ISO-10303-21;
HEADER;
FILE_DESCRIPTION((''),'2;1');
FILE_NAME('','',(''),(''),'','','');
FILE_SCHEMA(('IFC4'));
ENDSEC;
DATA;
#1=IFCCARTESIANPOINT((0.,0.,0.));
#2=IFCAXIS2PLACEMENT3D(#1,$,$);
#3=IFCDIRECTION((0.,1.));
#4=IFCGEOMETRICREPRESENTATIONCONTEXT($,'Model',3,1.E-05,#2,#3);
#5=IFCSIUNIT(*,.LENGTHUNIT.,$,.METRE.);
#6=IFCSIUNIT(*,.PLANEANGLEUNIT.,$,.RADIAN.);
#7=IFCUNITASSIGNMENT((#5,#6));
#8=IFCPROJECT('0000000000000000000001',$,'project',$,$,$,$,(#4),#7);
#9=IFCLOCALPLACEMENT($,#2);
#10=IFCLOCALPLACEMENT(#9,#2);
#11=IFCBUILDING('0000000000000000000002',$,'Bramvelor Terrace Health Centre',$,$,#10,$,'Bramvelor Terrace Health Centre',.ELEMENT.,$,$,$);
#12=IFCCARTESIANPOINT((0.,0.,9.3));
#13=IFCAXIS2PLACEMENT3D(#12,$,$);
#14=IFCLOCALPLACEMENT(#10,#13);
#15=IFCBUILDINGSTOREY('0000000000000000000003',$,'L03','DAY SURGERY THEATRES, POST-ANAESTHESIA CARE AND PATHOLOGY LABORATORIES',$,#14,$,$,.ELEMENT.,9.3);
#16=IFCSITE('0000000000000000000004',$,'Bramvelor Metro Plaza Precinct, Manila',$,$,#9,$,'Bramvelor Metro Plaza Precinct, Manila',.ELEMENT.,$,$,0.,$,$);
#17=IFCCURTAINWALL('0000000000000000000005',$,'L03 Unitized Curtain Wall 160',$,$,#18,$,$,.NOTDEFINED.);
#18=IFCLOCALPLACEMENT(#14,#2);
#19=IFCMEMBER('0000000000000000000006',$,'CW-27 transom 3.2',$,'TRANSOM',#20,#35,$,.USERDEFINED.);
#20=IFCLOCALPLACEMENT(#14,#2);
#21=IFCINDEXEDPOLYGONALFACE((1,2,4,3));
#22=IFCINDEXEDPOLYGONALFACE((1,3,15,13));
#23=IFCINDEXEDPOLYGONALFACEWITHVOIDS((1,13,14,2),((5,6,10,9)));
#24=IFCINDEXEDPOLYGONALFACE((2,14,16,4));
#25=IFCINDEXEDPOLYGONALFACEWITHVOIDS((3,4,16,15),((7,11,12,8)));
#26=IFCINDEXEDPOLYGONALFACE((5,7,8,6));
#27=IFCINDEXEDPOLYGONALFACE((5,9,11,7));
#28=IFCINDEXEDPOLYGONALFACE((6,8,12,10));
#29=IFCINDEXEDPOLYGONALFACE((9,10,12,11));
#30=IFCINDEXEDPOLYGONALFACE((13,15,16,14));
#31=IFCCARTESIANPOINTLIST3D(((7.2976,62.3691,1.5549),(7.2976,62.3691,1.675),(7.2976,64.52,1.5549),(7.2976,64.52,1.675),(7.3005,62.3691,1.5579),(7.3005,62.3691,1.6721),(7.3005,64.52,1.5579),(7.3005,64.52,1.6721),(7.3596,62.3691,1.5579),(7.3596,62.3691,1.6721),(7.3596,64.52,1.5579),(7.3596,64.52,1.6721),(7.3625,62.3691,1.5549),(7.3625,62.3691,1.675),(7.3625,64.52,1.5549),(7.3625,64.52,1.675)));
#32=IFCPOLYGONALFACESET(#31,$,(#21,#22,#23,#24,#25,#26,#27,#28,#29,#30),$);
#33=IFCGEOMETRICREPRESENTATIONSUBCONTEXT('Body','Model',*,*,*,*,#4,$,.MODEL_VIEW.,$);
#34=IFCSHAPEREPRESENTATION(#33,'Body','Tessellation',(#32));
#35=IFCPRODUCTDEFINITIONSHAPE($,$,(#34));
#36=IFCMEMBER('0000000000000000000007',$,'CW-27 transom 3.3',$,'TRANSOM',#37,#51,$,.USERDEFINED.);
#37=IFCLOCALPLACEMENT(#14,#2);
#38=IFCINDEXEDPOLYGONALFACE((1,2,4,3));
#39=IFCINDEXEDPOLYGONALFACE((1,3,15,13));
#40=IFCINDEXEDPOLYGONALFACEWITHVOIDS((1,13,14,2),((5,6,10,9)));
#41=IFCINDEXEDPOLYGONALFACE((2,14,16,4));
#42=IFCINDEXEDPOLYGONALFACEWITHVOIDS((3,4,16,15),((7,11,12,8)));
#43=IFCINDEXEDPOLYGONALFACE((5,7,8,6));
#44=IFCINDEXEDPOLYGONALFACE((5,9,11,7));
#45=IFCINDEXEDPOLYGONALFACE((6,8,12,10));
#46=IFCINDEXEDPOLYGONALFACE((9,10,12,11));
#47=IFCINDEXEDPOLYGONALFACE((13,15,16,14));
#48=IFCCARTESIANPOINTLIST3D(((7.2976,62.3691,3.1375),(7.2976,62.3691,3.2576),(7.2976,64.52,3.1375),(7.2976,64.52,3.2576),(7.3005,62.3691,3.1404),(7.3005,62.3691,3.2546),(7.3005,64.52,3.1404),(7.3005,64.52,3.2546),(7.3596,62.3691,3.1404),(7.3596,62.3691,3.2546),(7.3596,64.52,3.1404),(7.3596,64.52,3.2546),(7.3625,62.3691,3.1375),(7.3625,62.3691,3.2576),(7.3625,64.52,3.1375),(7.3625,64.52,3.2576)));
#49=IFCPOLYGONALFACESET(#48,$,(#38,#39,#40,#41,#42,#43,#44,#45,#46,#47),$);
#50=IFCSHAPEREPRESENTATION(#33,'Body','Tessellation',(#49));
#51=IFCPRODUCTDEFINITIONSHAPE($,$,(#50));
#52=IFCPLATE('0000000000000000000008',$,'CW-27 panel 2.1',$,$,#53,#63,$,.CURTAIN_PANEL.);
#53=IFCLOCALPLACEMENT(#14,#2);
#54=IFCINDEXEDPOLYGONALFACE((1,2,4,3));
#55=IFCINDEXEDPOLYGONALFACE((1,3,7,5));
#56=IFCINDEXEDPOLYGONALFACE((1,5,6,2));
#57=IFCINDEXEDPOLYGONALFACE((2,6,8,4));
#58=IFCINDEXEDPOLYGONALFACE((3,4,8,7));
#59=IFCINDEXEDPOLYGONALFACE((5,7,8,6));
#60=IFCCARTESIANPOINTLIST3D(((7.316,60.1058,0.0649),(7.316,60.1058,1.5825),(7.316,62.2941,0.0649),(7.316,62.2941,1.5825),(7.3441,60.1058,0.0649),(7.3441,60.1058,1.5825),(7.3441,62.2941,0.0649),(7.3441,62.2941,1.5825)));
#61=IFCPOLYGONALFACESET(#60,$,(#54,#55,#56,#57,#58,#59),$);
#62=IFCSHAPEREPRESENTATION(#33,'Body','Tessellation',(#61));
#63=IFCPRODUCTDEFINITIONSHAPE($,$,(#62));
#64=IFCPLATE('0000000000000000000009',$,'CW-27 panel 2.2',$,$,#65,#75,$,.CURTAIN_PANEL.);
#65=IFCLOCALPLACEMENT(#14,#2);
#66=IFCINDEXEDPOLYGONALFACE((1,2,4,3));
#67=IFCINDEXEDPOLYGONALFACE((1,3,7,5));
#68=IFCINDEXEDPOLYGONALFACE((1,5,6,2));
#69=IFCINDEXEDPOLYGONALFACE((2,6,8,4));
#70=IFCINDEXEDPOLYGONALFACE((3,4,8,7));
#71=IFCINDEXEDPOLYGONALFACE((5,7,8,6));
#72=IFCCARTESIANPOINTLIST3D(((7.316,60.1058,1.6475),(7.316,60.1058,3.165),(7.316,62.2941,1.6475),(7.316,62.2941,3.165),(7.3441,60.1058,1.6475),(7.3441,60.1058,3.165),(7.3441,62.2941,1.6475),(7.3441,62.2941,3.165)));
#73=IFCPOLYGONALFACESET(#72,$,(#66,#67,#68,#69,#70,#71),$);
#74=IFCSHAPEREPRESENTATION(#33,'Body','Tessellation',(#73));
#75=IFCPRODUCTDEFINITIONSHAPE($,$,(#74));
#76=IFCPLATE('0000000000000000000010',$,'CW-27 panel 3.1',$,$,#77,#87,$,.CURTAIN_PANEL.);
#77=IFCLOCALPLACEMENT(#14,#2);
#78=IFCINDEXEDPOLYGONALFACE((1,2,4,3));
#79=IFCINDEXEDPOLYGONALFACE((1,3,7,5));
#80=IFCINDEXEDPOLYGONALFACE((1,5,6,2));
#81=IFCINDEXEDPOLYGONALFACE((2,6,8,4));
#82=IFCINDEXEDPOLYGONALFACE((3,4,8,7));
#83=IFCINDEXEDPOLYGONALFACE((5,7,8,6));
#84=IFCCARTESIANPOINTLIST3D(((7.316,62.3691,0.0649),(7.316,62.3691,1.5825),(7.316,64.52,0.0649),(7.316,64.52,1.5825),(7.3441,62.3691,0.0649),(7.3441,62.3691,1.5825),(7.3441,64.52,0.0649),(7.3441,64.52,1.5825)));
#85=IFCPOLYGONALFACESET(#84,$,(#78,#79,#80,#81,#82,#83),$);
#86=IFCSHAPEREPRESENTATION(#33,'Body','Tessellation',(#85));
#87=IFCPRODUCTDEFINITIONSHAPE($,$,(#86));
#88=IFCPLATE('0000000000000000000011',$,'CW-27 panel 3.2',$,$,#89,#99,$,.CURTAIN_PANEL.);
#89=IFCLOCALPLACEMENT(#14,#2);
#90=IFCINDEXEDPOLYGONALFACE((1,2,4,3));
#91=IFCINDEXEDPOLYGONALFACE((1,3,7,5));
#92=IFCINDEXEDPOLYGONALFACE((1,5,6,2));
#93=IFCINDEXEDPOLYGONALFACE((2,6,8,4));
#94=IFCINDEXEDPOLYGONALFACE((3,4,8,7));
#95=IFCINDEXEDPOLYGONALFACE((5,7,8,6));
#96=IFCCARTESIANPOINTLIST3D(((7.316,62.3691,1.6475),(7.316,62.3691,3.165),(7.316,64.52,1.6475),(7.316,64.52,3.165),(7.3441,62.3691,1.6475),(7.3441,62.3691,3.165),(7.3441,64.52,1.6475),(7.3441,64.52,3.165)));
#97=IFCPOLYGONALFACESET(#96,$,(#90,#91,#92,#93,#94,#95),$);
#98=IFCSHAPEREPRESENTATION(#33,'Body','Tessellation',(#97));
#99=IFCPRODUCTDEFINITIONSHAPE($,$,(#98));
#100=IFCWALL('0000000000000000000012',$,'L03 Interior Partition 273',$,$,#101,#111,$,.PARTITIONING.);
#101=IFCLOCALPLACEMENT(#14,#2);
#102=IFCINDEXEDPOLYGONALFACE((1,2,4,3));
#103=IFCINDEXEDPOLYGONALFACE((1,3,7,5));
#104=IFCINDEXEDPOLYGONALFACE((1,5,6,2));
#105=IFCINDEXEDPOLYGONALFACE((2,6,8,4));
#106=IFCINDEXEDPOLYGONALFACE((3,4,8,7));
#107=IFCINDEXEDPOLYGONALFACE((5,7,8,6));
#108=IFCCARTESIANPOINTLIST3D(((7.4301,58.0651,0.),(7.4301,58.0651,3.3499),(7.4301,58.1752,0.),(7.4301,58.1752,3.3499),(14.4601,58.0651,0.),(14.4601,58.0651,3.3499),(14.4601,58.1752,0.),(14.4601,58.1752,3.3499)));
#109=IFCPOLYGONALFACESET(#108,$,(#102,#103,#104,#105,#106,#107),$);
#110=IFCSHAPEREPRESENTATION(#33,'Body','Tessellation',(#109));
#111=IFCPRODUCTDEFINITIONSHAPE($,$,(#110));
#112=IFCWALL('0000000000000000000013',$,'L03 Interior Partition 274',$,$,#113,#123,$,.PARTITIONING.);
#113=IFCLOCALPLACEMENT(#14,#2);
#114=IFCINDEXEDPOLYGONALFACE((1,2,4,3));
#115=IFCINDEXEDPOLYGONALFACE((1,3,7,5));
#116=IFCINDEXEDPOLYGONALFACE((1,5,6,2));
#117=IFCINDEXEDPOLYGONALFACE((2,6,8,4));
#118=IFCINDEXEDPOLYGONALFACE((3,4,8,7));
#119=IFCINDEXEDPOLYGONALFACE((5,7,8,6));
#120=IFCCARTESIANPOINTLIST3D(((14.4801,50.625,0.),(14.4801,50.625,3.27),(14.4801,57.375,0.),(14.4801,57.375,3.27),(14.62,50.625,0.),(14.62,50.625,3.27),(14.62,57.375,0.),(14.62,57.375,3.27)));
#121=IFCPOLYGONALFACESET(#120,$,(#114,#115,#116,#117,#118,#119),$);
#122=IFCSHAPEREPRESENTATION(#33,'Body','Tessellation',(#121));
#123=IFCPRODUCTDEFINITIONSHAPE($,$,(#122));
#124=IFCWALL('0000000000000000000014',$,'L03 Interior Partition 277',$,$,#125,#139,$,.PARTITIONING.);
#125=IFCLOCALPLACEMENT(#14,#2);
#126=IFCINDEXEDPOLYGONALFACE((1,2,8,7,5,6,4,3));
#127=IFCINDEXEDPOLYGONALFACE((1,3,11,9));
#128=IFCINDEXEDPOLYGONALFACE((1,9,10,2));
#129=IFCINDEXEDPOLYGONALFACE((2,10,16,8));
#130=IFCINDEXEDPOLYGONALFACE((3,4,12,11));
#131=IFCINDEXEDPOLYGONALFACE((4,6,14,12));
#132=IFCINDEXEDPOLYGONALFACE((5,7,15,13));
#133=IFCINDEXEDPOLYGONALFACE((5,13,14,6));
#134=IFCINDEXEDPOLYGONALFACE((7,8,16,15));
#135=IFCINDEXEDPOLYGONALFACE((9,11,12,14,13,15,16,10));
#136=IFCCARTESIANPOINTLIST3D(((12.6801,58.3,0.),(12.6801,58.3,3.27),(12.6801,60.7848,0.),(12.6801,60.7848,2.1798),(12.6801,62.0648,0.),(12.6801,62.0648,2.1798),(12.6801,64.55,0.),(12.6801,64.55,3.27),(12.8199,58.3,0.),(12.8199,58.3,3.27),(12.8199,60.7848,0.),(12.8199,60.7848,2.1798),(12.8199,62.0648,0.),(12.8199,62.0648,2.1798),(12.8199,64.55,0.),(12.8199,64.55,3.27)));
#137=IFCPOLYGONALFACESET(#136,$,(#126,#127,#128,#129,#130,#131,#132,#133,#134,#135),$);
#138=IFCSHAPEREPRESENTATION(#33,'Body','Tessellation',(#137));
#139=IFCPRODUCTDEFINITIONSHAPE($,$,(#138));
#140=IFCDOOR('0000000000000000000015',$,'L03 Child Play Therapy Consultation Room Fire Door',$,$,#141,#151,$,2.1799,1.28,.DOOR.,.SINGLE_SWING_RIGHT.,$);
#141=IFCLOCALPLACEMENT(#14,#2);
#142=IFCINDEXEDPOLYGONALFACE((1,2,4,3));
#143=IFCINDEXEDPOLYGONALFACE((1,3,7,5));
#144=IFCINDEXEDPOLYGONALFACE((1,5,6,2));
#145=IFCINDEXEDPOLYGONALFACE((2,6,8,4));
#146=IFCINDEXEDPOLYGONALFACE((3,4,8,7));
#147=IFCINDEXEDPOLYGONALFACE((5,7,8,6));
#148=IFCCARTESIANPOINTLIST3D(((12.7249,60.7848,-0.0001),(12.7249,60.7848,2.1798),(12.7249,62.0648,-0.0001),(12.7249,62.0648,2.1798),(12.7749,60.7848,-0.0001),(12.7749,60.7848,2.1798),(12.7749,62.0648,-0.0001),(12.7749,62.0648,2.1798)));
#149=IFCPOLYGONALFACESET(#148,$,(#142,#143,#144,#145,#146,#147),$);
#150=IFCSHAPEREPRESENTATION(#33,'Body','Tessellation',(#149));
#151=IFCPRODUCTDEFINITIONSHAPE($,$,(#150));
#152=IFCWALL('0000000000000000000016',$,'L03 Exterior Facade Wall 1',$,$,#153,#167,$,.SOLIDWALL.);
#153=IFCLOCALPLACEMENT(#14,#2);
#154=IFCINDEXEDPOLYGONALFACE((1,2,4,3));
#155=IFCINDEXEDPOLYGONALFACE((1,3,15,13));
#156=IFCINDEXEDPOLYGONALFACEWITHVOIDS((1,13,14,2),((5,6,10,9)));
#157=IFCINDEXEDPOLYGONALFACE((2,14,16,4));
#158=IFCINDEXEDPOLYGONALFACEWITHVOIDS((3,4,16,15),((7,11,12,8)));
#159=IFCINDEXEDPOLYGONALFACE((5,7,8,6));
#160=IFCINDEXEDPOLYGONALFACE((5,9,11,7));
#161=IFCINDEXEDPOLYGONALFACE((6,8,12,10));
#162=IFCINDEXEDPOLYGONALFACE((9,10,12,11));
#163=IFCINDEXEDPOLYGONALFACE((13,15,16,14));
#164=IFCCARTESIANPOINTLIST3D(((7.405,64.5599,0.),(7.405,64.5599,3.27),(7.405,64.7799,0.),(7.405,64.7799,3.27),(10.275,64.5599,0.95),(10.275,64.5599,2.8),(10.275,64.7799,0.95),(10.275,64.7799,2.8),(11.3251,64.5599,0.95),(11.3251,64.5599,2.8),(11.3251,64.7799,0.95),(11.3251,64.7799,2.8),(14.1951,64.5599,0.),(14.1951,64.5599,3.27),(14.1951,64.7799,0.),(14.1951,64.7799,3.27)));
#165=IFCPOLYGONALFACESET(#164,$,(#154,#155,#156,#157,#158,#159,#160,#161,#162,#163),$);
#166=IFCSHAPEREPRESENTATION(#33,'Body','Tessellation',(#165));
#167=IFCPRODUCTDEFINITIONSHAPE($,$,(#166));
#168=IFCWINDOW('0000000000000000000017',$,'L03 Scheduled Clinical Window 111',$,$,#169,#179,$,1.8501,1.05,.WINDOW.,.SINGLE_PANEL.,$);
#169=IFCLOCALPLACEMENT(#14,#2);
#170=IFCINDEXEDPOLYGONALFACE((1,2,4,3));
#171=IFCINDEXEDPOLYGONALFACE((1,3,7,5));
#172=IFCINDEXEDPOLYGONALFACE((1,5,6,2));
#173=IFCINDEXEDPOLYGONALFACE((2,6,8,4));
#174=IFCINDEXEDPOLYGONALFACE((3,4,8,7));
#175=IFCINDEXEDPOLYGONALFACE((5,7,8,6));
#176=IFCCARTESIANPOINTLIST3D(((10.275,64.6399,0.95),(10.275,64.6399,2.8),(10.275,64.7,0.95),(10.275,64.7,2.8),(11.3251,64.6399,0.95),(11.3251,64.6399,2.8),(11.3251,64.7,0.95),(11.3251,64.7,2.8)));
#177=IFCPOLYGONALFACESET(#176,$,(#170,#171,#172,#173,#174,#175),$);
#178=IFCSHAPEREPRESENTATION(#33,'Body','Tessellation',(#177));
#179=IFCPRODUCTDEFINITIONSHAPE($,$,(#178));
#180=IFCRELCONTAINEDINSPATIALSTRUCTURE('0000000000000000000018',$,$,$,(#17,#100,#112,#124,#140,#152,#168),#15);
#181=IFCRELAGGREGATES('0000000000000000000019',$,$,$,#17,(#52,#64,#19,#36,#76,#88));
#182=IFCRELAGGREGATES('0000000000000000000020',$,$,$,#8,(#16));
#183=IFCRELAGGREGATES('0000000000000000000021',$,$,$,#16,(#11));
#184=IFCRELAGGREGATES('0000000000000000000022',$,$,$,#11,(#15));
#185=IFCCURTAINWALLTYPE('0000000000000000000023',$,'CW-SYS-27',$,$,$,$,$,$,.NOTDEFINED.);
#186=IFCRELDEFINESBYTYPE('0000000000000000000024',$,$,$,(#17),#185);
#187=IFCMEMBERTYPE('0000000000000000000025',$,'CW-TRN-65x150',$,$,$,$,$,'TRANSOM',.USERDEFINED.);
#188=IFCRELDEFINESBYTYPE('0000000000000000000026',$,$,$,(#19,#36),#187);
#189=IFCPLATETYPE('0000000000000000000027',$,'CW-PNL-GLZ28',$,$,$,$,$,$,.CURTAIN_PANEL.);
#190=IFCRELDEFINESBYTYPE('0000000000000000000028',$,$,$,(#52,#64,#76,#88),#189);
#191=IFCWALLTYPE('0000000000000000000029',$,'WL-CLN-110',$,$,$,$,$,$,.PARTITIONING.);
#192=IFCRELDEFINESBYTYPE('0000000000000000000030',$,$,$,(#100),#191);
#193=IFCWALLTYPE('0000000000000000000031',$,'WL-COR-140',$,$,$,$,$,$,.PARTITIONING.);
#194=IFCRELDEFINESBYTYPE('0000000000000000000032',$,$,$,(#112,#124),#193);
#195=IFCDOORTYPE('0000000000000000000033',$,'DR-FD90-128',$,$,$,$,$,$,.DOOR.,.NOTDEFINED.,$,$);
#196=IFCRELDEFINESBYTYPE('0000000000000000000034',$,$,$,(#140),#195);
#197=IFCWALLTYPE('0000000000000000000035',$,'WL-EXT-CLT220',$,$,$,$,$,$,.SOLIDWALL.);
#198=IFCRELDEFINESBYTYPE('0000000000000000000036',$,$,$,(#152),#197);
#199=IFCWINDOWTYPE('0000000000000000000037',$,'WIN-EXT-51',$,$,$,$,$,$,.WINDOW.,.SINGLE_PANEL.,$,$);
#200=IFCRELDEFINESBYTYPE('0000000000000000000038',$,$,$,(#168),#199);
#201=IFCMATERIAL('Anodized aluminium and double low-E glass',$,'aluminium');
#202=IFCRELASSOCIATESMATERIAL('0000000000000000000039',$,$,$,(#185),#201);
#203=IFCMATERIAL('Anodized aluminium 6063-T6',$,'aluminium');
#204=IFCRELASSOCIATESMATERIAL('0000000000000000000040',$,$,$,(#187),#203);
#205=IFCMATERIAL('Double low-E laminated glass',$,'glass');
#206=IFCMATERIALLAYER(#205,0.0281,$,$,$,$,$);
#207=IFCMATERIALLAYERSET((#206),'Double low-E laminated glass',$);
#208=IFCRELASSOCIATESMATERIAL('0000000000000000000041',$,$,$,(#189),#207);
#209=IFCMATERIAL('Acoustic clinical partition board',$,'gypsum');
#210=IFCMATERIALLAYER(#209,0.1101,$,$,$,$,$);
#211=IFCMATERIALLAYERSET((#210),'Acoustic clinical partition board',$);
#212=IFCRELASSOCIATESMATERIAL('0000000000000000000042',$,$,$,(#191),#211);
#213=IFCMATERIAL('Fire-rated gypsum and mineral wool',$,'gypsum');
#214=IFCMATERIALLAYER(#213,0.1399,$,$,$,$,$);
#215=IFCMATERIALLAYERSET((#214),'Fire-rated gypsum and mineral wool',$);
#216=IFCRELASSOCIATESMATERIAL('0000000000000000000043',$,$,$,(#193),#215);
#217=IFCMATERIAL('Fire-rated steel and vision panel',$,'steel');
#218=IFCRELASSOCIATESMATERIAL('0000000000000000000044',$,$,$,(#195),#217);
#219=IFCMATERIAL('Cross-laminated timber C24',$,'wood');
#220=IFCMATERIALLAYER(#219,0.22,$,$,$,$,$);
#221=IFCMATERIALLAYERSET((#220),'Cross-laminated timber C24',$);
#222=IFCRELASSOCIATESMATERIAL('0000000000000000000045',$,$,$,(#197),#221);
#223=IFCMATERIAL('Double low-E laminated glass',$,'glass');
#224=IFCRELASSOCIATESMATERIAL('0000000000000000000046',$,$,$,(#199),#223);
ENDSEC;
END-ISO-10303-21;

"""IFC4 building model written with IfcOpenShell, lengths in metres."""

from ifc_helpers import new_model, si_unit, direction, frame, frame_2d, origin, origin_2d, place, context, subcontext, project, spatial, rectangle, hollow_rectangle, extrude, material, layer, layer_set, material_profile, profile_set, type_object, element, fill, aggregate, save


model = new_model("IFC4")

# Units and contexts
model_context = context("Model", 3, precision=1e-05, world=origin(), true_north=direction((0.0, 1.0)))
body_context = subcontext(model_context, "Body", "Model", "MODEL_VIEW")
ifc_project = project(units=[si_unit("LENGTHUNIT", "METRE"), si_unit("PLANEANGLEUNIT", "RADIAN")], contexts=[model_context])

# Site, building, storey
site_placement = place(None, origin())
site = spatial("IfcSite", under=ifc_project, at=site_placement, Name="Bramvelor Metro Plaza Precinct, Manila", LongName="Bramvelor Metro Plaza Precinct, Manila", CompositionType="ELEMENT", RefElevation=0.0)
building_placement = place(site_placement, origin())
building = spatial("IfcBuilding", under=site, at=building_placement, Name="Bramvelor Terrace Health Centre", LongName="Bramvelor Terrace Health Centre", CompositionType="ELEMENT")
storey_placement = place(building_placement, frame((0.0, 0.0, 9.3)))
storey = spatial("IfcBuildingStorey", under=building, at=storey_placement, Name="L03", Description="DAY SURGERY THEATRES, POST-ANAESTHESIA CARE AND PATHOLOGY LABORATORIES", CompositionType="ELEMENT", Elevation=9.3)

# Shared definitions
ifc_material_1 = material(Name="Anodized aluminium and double low-E glass", Category="aluminium")
curtain_wall_type = type_object("IfcCurtainWallType", Name="CW-SYS-27", PredefinedType="NOTDEFINED", material=ifc_material_1)

# Curtain wall, members, plates
curtain_wall_1_placement = place(storey_placement, origin())
curtain_wall_1 = element("IfcCurtainWall", 1, at=curtain_wall_1_placement, inside=storey, type_object=curtain_wall_type, Name="L03 Unitized Curtain Wall 160", PredefinedType="NOTDEFINED")
ifc_material_2 = material(Name="Anodized aluminium 6063-T6", Category="aluminium")
ifc_material_profile_1 = material_profile(ifc_material_2, hollow_rectangle(XDim=0.0649, YDim=0.1201, WallThickness=0.0029, at=origin_2d()), Name="ALU-TRN 65x120x3.0")
ifc_profile_set_1 = profile_set([ifc_material_profile_1], Name="Anodized aluminium 6063-T6")
member_type_1 = type_object("IfcMemberType", Name="CW-TRN-65x150", ElementType="TRANSOM", PredefinedType="USERDEFINED", material=ifc_profile_set_1)
member_1_placement = place(storey_placement, frame((7.3301, 62.3691, 1.615), z_axis=(0.0, 1.0, 0.0), x_axis=(-1.0, 0.0, 0.0)))
member_1 = element("IfcMember", 2, at=member_1_placement, type_object=member_type_1, Name="CW-27 transom 3.2", ObjectType="TRANSOM", PredefinedType="USERDEFINED", context=body_context, shape_type="SweptSolid", body=[
    extrude(hollow_rectangle(XDim=0.0649, YDim=0.1201, WallThickness=0.0029, at=origin_2d()), origin(), (0.0, 0.0, 1.0), 2.1509),
])
member_2_placement = place(storey_placement, frame((7.3301, 62.3691, 3.1975), z_axis=(0.0, 1.0, 0.0), x_axis=(-1.0, 0.0, 0.0)))
member_2 = element("IfcMember", 3, at=member_2_placement, type_object=member_type_1, Name="CW-27 transom 3.3", ObjectType="TRANSOM", PredefinedType="USERDEFINED", context=body_context, shape_type="SweptSolid", body=[
    extrude(hollow_rectangle(XDim=0.0649, YDim=0.1201, WallThickness=0.0029, at=origin_2d()), origin(), (0.0, 0.0, 1.0), 2.1509),
])
ifc_material_3 = material(Name="Double low-E laminated glass", Category="glass")
ifc_layer_1 = layer(ifc_material_3, 0.0281)
ifc_layer_set_1 = layer_set([ifc_layer_1], Name="Double low-E laminated glass")
plate_type = type_object("IfcPlateType", Name="CW-PNL-GLZ28", PredefinedType="CURTAIN_PANEL", material=ifc_layer_set_1)
plate_1_placement = place(storey_placement, frame((7.3301, 61.2, 0.0649), z_axis=(0.0, 0.0, 1.0), x_axis=(0.0, 1.0, 0.0)))
plate_1 = element("IfcPlate", 4, at=plate_1_placement, type_object=plate_type, Name="CW-27 panel 2.1", PredefinedType="CURTAIN_PANEL", context=body_context, shape_type="SweptSolid", body=[
    extrude(rectangle(XDim=2.1882, YDim=0.0281, at=origin_2d()), origin(), (0.0, 0.0, 1.0), 1.5176),
])
plate_2_placement = place(storey_placement, frame((7.3301, 61.2, 1.6475), z_axis=(0.0, 0.0, 1.0), x_axis=(0.0, 1.0, 0.0)))
plate_2 = element("IfcPlate", 5, at=plate_2_placement, type_object=plate_type, Name="CW-27 panel 2.2", PredefinedType="CURTAIN_PANEL", context=body_context, shape_type="SweptSolid", body=[
    extrude(rectangle(XDim=2.1882, YDim=0.0281, at=origin_2d()), origin(), (0.0, 0.0, 1.0), 1.5176),
])
plate_3_placement = place(storey_placement, frame((7.3301, 63.4446, 0.0649), z_axis=(0.0, 0.0, 1.0), x_axis=(0.0, 1.0, 0.0)))
plate_3 = element("IfcPlate", 6, at=plate_3_placement, type_object=plate_type, Name="CW-27 panel 3.1", PredefinedType="CURTAIN_PANEL", context=body_context, shape_type="SweptSolid", body=[
    extrude(rectangle(XDim=2.1509, YDim=0.0281, at=origin_2d()), origin(), (0.0, 0.0, 1.0), 1.5176),
])
plate_4_placement = place(storey_placement, frame((7.3301, 63.4446, 1.6475), z_axis=(0.0, 0.0, 1.0), x_axis=(0.0, 1.0, 0.0)))
plate_4 = element("IfcPlate", 7, at=plate_4_placement, type_object=plate_type, Name="CW-27 panel 3.2", PredefinedType="CURTAIN_PANEL", context=body_context, shape_type="SweptSolid", body=[
    extrude(rectangle(XDim=2.1509, YDim=0.0281, at=origin_2d()), origin(), (0.0, 0.0, 1.0), 1.5176),
])
aggregate(curtain_wall_1, [plate_1, plate_2, member_1, member_2, plate_3, plate_4])

# Walls
ifc_material_4 = material(Name="Acoustic clinical partition board", Category="gypsum")
ifc_layer_2 = layer(ifc_material_4, 0.1101)
ifc_layer_set_2 = layer_set([ifc_layer_2], Name="Acoustic clinical partition board")
wall_type_1 = type_object("IfcWallType", Name="WL-CLN-110", PredefinedType="PARTITIONING", material=ifc_layer_set_2)
wall_1_placement = place(storey_placement, frame((7.4299, 58.1201, 0.0), z_axis=(0.0, 0.0, 1.0), x_axis=(1.0, 0.0, 0.0)))
element("IfcWall", 8, at=wall_1_placement, inside=storey, type_object=wall_type_1, Name="L03 Interior Partition 273", PredefinedType="PARTITIONING", context=body_context, shape_type="SweptSolid", body=[
    extrude(rectangle(XDim=7.03, YDim=0.1101, at=frame_2d((3.5151, 0.0))), origin(), (0.0, 0.0, 1.0), 3.3499),
])
ifc_material_5 = material(Name="Fire-rated gypsum and mineral wool", Category="gypsum")
ifc_layer_3 = layer(ifc_material_5, 0.1399)
ifc_layer_set_3 = layer_set([ifc_layer_3], Name="Fire-rated gypsum and mineral wool")
wall_type_2 = type_object("IfcWallType", Name="WL-COR-140", PredefinedType="PARTITIONING", material=ifc_layer_set_3)
wall_2_placement = place(storey_placement, frame((14.55, 57.375, 0.0), z_axis=(0.0, 0.0, 1.0), x_axis=(0.0, -1.0, 0.0)))
element("IfcWall", 9, at=wall_2_placement, inside=storey, type_object=wall_type_2, Name="L03 Interior Partition 274", PredefinedType="PARTITIONING", context=body_context, shape_type="SweptSolid", body=[
    extrude(rectangle(XDim=6.75, YDim=0.1399, at=frame_2d((3.375, 0.0))), origin(), (0.0, 0.0, 1.0), 3.27),
])

# Wall, opening, door
wall_3_placement = place(storey_placement, frame((12.75, 64.55, 0.0), z_axis=(0.0, 0.0, 1.0), x_axis=(0.0, -1.0, 0.0)))
wall_3 = element("IfcWall", 10, at=wall_3_placement, inside=storey, type_object=wall_type_2, Name="L03 Interior Partition 277", PredefinedType="PARTITIONING", context=body_context, shape_type="SweptSolid", body=[
    extrude(rectangle(XDim=6.25, YDim=0.1399, at=frame_2d((3.125, 0.0))), origin(), (0.0, 0.0, 1.0), 3.27),
])
opening_1_placement = place(wall_3_placement, frame((2.4851, 0.0, 0.0)))
opening_1 = element("IfcOpeningElement", 11, at=opening_1_placement, cuts=wall_3, PredefinedType="OPENING", context=body_context, shape_type="SweptSolid", body=[
    extrude(rectangle(XDim=1.28, YDim=2.1799, at=frame_2d((0.6401, 1.0898))), frame((0.0, 0.0798, 0.0), z_axis=(0.0, -1.0, 0.0), x_axis=(1.0, 0.0, 0.0)), (0.0, 0.0, 1.0), 0.1599),
])
ifc_material_6 = material(Name="Fire-rated steel and vision panel", Category="steel")
door_type = type_object("IfcDoorType", Name="DR-FD90-128", OperationType="NOTDEFINED", PredefinedType="DOOR", material=ifc_material_6)
door_placement = place(opening_1_placement, origin())
door = element("IfcDoor", 12, at=door_placement, inside=storey, type_object=door_type, Name="L03 Child Play Therapy Consultation Room Fire Door", OperationType="SINGLE_SWING_RIGHT", OverallHeight=2.1799, OverallWidth=1.28, PredefinedType="DOOR", context=body_context, shape_type="SweptSolid", body=[
    extrude(rectangle(XDim=1.28, YDim=2.1799, at=frame_2d((0.6401, 1.0898))), frame((0.0, 0.0249, 0.0), z_axis=(0.0, -1.0, 0.0), x_axis=(1.0, 0.0, 0.0)), (0.0, 0.0, 1.0), 0.05),
])
fill(opening_1, door)

# Wall, opening, window
ifc_material_7 = material(Name="Cross-laminated timber C24", Category="wood")
ifc_layer_4 = layer(ifc_material_7, 0.22)
ifc_layer_set_4 = layer_set([ifc_layer_4], Name="Cross-laminated timber C24")
wall_type_3 = type_object("IfcWallType", Name="WL-EXT-CLT220", PredefinedType="SOLIDWALL", material=ifc_layer_set_4)
wall_4_placement = place(storey_placement, frame((7.405, 64.6699, 0.0), z_axis=(0.0, 0.0, 1.0), x_axis=(1.0, 0.0, 0.0)))
wall_4 = element("IfcWall", 13, at=wall_4_placement, inside=storey, type_object=wall_type_3, Name="L03 Exterior Facade Wall 1", PredefinedType="SOLIDWALL", context=body_context, shape_type="SweptSolid", body=[
    extrude(rectangle(XDim=6.79, YDim=0.22, at=frame_2d((3.395, 0.0))), origin(), (0.0, 0.0, 1.0), 3.27),
])
opening_2_placement = place(wall_4_placement, frame((2.8701, 0.0, 0.95)))
opening_2 = element("IfcOpeningElement", 14, at=opening_2_placement, cuts=wall_4, PredefinedType="OPENING", context=body_context, shape_type="SweptSolid", body=[
    extrude(rectangle(XDim=1.05, YDim=1.8501, at=frame_2d((0.5249, 0.925))), frame((0.0, 0.1199, 0.0), z_axis=(0.0, -1.0, 0.0), x_axis=(1.0, 0.0, 0.0)), (0.0, 0.0, 1.0), 0.24),
])
ifc_material_8 = material(Name="Double low-E laminated glass", Category="glass")
window_type = type_object("IfcWindowType", Name="WIN-EXT-51", PartitioningType="SINGLE_PANEL", PredefinedType="WINDOW", material=ifc_material_8)
window_placement = place(opening_2_placement, origin())
window = element("IfcWindow", 15, at=window_placement, inside=storey, type_object=window_type, Name="L03 Scheduled Clinical Window 111", OverallHeight=1.8501, OverallWidth=1.05, PartitioningType="SINGLE_PANEL", PredefinedType="WINDOW", context=body_context, shape_type="SweptSolid", body=[
    extrude(rectangle(XDim=1.05, YDim=1.8501, at=frame_2d((0.5249, 0.925))), frame((0.0, 0.03, 0.0), z_axis=(0.0, -1.0, 0.0), x_axis=(1.0, 0.0, 0.0)), (0.0, 0.0, 1.0), 0.0601),
])
fill(opening_2, window)

save(model, "model.ifc")
